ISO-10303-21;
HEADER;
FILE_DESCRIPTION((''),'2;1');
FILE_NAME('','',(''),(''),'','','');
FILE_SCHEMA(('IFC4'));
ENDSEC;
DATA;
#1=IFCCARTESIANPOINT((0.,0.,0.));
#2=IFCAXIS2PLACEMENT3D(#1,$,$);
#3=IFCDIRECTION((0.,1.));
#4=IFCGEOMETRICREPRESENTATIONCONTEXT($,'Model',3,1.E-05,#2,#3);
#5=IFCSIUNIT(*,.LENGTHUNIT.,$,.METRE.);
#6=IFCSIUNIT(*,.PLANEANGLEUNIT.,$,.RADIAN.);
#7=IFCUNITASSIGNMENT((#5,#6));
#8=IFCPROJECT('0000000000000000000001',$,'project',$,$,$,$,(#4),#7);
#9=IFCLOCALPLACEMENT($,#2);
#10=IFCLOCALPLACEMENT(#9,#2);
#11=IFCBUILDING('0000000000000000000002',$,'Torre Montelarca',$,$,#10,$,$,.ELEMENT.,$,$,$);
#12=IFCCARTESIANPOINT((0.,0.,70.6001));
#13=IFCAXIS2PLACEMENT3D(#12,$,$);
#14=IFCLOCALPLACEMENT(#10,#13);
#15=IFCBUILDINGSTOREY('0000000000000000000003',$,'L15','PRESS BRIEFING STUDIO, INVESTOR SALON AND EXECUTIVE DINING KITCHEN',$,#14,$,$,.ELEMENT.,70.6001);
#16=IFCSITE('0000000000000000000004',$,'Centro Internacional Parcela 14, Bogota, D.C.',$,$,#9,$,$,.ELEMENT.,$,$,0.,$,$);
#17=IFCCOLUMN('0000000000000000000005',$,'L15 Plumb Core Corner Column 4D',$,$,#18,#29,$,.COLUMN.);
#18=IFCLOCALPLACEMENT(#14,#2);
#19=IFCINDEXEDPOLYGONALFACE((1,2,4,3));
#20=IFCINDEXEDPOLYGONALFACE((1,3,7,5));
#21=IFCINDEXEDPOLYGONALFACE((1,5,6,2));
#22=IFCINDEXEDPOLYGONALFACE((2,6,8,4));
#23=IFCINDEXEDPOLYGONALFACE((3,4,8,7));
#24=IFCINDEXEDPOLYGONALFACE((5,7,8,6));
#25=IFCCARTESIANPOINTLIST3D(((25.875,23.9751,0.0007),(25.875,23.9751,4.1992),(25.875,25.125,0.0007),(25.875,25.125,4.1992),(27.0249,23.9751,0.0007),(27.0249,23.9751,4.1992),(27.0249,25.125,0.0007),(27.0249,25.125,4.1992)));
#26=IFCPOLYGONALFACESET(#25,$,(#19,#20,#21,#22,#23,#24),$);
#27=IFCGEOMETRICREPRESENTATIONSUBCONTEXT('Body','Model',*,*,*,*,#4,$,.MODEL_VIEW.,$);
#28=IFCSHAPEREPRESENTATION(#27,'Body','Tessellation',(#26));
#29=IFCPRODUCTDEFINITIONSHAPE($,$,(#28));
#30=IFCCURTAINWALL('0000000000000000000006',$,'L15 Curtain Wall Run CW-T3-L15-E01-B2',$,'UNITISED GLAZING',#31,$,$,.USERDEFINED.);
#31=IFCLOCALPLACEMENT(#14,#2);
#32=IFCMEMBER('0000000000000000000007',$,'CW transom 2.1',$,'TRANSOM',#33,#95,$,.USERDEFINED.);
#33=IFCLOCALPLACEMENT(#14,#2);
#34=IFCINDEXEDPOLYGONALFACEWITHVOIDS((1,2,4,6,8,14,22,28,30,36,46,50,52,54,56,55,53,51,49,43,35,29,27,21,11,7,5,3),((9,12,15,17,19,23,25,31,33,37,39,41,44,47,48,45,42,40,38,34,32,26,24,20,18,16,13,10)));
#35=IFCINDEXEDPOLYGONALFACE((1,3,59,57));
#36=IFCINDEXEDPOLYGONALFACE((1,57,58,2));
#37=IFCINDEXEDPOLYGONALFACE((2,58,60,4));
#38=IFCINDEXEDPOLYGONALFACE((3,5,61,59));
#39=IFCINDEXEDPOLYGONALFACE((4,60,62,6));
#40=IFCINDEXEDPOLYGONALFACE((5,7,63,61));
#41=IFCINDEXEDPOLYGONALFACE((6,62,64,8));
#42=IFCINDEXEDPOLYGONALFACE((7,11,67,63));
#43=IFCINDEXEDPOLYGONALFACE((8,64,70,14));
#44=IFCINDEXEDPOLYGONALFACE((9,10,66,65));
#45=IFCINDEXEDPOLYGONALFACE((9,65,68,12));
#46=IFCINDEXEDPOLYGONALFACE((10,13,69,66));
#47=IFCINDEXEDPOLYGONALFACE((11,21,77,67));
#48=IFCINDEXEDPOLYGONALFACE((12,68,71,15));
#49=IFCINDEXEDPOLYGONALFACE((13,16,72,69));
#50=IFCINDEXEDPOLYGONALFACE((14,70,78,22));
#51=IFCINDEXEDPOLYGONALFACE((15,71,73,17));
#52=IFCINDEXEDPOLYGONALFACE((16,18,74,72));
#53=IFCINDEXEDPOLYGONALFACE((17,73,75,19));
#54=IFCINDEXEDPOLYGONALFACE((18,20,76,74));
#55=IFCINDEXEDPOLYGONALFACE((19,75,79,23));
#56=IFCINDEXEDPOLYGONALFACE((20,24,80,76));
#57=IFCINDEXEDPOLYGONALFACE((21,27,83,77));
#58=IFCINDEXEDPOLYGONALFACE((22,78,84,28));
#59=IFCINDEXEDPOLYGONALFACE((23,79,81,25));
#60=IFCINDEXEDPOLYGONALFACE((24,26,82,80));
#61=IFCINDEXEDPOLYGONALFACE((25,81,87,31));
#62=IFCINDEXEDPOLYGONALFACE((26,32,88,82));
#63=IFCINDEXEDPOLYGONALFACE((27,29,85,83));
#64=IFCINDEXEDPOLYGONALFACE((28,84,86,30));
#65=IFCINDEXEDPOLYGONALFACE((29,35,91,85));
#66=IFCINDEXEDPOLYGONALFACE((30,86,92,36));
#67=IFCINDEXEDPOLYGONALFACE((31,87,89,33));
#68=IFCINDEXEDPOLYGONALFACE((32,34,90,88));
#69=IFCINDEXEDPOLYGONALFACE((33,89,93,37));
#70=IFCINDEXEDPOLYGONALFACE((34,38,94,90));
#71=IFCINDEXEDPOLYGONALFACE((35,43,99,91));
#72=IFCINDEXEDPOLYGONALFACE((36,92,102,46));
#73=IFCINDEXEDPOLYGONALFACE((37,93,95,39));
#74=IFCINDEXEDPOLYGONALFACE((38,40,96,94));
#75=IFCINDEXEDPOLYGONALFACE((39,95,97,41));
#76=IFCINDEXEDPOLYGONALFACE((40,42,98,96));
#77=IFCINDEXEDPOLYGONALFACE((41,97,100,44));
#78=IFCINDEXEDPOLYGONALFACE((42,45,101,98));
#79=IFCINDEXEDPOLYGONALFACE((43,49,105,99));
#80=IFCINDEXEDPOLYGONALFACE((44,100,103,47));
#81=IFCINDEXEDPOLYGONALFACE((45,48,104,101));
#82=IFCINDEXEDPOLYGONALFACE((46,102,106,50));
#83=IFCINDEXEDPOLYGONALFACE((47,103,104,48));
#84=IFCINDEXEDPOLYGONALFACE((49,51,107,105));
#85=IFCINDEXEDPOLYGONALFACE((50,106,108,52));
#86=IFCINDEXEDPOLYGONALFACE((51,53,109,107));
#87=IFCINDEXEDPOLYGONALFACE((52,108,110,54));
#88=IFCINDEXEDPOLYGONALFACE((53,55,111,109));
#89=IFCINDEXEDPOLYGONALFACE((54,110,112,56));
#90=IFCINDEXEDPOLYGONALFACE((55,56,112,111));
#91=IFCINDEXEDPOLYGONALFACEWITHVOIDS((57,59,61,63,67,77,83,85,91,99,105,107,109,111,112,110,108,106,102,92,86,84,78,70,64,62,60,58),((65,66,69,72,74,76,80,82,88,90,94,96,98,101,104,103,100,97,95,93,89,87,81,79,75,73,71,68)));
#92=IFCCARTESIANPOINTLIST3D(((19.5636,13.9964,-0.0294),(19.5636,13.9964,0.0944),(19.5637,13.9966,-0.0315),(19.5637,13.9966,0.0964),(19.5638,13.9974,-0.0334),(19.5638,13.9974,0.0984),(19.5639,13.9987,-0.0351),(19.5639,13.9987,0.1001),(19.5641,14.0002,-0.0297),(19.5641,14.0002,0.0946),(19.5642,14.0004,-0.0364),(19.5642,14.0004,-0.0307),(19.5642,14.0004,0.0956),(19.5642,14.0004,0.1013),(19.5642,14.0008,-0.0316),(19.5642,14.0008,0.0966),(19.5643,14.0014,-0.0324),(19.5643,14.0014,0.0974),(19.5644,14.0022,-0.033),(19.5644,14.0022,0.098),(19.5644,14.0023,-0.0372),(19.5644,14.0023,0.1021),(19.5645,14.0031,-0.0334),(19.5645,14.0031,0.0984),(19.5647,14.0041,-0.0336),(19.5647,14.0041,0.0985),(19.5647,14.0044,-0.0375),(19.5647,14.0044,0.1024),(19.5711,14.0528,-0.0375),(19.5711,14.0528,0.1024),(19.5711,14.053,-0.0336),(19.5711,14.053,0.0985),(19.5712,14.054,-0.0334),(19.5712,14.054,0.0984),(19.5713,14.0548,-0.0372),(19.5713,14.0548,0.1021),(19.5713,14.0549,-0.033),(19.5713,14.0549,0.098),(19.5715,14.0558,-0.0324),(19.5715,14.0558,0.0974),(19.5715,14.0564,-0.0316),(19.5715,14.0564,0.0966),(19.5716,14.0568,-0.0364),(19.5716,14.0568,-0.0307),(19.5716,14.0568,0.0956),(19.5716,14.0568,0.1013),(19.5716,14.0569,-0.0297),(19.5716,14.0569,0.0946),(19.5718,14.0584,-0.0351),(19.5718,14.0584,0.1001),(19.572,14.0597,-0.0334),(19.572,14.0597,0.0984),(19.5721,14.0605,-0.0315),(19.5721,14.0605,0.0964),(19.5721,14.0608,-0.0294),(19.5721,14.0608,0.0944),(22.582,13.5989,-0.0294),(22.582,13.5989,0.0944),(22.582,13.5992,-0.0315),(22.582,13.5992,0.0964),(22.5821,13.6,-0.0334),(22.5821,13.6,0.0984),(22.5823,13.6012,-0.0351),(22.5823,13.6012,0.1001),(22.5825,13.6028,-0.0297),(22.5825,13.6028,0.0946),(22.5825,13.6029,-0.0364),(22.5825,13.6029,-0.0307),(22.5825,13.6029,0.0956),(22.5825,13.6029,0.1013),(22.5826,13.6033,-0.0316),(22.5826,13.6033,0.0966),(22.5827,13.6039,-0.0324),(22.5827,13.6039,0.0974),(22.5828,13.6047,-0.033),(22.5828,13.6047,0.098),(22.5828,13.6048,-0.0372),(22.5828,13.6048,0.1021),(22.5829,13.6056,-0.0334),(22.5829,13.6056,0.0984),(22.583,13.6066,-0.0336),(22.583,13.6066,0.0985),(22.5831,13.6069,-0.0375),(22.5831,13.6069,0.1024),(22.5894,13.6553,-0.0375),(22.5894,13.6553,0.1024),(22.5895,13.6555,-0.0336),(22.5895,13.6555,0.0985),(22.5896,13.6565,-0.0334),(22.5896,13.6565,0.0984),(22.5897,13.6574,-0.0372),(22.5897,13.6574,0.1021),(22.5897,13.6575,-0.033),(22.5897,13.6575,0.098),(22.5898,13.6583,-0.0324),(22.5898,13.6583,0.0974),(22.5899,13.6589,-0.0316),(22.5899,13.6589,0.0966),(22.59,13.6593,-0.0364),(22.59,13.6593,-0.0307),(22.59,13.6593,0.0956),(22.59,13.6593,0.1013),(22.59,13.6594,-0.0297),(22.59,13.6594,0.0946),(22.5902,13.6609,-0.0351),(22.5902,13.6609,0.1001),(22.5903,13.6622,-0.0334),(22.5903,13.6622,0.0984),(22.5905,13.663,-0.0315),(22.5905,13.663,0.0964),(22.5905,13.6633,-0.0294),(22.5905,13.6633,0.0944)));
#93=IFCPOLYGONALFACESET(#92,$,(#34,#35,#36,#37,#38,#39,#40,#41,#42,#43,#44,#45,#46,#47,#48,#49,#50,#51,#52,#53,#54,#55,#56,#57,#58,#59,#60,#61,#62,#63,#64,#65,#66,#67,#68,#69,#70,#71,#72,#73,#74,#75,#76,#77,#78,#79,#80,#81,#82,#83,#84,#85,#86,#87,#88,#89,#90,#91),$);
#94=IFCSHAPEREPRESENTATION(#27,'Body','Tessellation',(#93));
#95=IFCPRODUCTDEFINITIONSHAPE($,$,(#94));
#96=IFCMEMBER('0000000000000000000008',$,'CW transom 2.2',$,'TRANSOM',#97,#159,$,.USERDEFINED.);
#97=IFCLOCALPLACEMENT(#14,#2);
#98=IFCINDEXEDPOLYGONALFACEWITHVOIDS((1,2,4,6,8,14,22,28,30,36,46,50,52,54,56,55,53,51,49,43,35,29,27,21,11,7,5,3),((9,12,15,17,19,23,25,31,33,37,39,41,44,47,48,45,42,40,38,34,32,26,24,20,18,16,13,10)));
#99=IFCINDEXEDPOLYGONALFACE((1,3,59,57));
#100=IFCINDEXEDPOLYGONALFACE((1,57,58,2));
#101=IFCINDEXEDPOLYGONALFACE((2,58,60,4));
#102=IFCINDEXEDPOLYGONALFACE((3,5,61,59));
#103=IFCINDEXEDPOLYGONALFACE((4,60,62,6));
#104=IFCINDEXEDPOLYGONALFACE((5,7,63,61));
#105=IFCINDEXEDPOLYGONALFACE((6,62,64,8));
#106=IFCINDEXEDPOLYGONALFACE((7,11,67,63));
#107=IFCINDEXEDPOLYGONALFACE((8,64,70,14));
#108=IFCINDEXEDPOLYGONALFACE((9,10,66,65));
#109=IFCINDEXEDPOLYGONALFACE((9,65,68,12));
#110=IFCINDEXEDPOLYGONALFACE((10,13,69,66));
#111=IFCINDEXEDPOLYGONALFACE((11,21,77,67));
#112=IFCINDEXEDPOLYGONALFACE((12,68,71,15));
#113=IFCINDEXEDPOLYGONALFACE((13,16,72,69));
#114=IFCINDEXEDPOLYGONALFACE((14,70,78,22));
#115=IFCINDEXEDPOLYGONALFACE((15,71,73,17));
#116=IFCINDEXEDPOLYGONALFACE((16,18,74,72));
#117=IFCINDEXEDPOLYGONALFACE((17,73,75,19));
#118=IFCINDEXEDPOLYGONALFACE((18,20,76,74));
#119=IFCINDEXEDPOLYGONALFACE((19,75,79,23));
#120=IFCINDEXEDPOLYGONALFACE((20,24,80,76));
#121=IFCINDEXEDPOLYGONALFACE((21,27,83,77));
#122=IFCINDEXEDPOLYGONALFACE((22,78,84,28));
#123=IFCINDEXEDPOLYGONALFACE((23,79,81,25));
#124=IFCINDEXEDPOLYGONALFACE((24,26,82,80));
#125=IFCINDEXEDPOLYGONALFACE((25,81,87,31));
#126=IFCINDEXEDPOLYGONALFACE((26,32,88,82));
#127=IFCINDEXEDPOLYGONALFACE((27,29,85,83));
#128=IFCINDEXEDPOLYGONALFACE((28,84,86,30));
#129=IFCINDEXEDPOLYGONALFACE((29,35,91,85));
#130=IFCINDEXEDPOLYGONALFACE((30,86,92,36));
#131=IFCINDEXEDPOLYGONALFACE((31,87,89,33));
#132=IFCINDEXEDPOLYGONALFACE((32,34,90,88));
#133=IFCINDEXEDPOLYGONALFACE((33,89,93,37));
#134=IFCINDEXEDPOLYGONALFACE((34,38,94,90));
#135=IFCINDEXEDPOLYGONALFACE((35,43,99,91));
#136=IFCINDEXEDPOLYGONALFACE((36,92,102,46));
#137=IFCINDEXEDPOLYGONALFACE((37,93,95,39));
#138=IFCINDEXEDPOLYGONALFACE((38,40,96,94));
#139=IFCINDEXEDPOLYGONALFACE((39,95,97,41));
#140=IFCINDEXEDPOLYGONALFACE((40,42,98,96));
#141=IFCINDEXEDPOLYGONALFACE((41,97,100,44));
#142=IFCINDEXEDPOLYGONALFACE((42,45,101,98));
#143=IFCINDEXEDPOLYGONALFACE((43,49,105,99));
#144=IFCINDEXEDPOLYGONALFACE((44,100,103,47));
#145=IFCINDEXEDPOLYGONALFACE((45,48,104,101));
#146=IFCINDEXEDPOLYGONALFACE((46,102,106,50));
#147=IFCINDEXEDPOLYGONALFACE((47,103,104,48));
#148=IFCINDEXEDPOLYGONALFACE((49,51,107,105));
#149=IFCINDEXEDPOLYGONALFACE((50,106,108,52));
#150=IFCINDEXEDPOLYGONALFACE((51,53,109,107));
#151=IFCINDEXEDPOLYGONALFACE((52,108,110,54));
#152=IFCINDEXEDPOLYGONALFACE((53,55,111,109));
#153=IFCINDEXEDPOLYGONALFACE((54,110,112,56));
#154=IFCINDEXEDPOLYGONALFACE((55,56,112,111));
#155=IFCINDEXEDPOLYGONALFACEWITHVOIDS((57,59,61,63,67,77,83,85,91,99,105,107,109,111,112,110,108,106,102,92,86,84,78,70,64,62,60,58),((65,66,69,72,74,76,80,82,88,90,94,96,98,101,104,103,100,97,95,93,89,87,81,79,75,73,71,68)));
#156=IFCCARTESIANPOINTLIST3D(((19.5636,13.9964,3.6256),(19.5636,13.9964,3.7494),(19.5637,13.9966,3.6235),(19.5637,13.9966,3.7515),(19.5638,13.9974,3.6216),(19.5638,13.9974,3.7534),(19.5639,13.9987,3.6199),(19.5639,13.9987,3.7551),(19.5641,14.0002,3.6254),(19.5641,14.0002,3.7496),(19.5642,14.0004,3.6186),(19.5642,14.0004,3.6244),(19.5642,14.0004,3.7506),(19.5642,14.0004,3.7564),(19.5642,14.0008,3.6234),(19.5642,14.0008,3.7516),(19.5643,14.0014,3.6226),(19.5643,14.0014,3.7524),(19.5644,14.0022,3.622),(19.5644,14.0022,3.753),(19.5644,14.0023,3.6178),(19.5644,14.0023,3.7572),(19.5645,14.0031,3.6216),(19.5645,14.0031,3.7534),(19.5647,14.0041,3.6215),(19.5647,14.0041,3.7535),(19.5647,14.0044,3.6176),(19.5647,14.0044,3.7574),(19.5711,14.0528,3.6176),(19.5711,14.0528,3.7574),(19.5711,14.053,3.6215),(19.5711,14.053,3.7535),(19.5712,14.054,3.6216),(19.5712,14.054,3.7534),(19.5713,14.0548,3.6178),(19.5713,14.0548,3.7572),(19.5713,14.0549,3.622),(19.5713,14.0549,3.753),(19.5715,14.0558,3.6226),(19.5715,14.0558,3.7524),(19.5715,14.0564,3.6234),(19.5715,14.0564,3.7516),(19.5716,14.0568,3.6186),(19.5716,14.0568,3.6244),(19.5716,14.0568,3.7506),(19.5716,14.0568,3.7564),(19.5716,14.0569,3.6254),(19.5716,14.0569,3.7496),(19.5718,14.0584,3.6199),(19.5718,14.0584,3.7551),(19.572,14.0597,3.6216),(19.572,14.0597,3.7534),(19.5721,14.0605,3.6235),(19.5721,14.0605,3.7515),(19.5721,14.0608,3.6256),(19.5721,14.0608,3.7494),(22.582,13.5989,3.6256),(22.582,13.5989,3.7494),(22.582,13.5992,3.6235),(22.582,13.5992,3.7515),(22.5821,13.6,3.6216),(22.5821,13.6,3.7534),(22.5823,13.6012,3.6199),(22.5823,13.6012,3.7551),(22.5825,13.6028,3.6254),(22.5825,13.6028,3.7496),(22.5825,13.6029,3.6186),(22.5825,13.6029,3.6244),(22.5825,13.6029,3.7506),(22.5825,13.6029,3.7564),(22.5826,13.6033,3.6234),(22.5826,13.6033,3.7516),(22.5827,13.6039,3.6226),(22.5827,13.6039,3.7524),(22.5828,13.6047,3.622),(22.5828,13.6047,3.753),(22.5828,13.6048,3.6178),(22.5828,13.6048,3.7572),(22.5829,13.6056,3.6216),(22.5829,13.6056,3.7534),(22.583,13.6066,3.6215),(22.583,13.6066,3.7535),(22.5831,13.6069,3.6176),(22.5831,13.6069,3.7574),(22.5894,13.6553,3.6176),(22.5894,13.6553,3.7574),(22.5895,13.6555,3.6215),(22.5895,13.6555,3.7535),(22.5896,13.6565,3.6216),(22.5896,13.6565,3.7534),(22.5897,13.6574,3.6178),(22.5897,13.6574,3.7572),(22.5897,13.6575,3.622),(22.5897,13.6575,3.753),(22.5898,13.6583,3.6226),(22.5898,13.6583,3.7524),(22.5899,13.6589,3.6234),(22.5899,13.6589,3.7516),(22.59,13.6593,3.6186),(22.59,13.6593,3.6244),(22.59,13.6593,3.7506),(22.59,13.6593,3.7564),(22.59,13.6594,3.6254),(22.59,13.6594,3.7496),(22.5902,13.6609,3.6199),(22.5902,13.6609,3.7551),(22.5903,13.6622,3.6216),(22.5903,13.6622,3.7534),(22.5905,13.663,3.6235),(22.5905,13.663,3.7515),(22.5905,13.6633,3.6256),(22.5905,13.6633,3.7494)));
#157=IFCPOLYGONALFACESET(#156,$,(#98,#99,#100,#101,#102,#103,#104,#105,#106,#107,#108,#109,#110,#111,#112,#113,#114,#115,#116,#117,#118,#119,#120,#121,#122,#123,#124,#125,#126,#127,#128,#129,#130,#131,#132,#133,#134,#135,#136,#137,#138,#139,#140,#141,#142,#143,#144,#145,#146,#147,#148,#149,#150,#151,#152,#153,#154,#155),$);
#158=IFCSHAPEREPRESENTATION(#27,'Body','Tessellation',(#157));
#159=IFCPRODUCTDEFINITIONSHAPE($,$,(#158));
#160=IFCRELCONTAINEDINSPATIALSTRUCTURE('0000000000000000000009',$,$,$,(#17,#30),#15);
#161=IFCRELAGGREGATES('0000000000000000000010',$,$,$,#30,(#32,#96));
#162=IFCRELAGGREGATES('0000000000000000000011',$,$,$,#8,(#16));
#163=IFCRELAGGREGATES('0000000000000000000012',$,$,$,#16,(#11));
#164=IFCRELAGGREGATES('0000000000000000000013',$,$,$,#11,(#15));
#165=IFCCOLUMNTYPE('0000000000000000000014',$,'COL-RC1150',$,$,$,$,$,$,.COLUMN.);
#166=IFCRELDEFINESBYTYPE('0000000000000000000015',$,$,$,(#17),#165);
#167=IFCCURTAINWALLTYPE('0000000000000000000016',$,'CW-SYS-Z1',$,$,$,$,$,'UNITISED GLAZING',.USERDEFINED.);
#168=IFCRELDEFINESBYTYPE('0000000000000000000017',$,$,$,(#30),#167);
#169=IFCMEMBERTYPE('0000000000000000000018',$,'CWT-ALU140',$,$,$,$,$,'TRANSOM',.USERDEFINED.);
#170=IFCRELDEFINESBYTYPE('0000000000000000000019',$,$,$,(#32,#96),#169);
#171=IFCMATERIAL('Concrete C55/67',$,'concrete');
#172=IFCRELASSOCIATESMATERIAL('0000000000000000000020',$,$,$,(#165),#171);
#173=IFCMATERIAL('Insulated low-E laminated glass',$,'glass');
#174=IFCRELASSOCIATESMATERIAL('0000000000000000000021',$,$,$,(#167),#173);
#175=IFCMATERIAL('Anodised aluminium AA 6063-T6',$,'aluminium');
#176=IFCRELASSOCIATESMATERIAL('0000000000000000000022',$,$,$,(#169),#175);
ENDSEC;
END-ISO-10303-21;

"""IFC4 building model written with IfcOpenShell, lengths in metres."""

from ifc_helpers import new_model, si_unit, direction, frame, origin, origin_2d, place, context, subcontext, project, spatial, rectangle, hollow_rectangle, extrude, source, transform, mapped, material, material_profile, profile_set, type_object, element, aggregate, save


model = new_model("IFC4")

# Units and contexts
model_context = context("Model", 3, precision=1e-05, world=origin(), true_north=direction((0.0, 1.0)))
body_context = subcontext(model_context, "Body", "Model", "MODEL_VIEW")
ifc_project = project(units=[si_unit("LENGTHUNIT", "METRE"), si_unit("PLANEANGLEUNIT", "RADIAN")], contexts=[model_context])

# Site, building, storey
site_placement = place(None, origin())
site = spatial("IfcSite", under=ifc_project, at=site_placement, Name="Centro Internacional Parcela 14, Bogota, D.C.", CompositionType="ELEMENT", RefElevation=0.0)
building_placement = place(site_placement, origin())
building = spatial("IfcBuilding", under=site, at=building_placement, Name="Torre Montelarca", CompositionType="ELEMENT")
storey_placement = place(building_placement, frame((0.0, 0.0, 70.6001)))
storey = spatial("IfcBuildingStorey", under=building, at=storey_placement, Name="L15", Description="PRESS BRIEFING STUDIO, INVESTOR SALON AND EXECUTIVE DINING KITCHEN", CompositionType="ELEMENT", Elevation=70.6001)

# Column
ifc_material_1 = material(Name="Concrete C55/67", Category="concrete")
ifc_material_profile_1 = material_profile(ifc_material_1, rectangle(XDim=1.1499, YDim=1.1499, at=origin_2d()), Name="RC1150X1150", Category="concrete")
ifc_profile_set_1 = profile_set([ifc_material_profile_1], Name="Concrete C55/67")
column_type_1 = type_object("IfcColumnType", Name="COL-RC1150", PredefinedType="COLUMN", material=ifc_profile_set_1)
shared_shape_1 = source(origin(), body_context, "Body", "SweptSolid", [
    extrude(rectangle(XDim=1.1499, YDim=1.1499, at=origin_2d()), origin(), (0.0, 0.0, 1.0), 4.1985),
])
column_1_placement = place(storey_placement, frame((26.45, 24.55, 0.0007), z_axis=(0.0, 0.0, 1.0), x_axis=(1.0, 0.0, 0.0)))
element("IfcColumn", 1, at=column_1_placement, inside=storey, type_object=column_type_1, Name="L15 Plumb Core Corner Column 4D", PredefinedType="COLUMN", context=body_context, shape_type="MappedRepresentation", body=[
    mapped(shared_shape_1, transform((0.0, 0.0, 0.0), scale=1.0)),
])

# Curtain wall, members
ifc_material_2 = material(Name="Insulated low-E laminated glass", Category="glass")
curtain_wall_type = type_object("IfcCurtainWallType", Name="CW-SYS-Z1", ElementType="UNITISED GLAZING", PredefinedType="USERDEFINED", material=ifc_material_2)
curtain_wall_1_placement = place(storey_placement, origin())
curtain_wall_1 = element("IfcCurtainWall", 2, at=curtain_wall_1_placement, inside=storey, type_object=curtain_wall_type, Name="L15 Curtain Wall Run CW-T3-L15-E01-B2", ObjectType="UNITISED GLAZING", PredefinedType="USERDEFINED")
ifc_material_3 = material(Name="Anodised aluminium AA 6063-T6", Category="aluminium")
ifc_material_profile_2 = material_profile(ifc_material_3, hollow_rectangle(XDim=0.0649, YDim=0.1399, WallThickness=0.0039, InnerFilletRadius=0.0039, OuterFilletRadius=0.0081, at=origin_2d()), Name="ALU65X140X4", Category="aluminium")
ifc_profile_set_2 = profile_set([ifc_material_profile_2], Name="Anodised aluminium AA 6063-T6")
member_type_1 = type_object("IfcMemberType", Name="CWT-ALU140", ElementType="TRANSOM", PredefinedType="USERDEFINED", material=ifc_profile_set_2)
shared_shape_2 = source(origin(), body_context, "Body", "SweptSolid", [
    extrude(hollow_rectangle(XDim=0.0649, YDim=0.1399, WallThickness=0.0039, InnerFilletRadius=0.0039, OuterFilletRadius=0.0081, at=origin_2d()), origin(), (0.0, 0.0, 1.0), 3.0444),
])
member_1_placement = place(storey_placement, frame((19.5679, 14.0286, 0.0325), z_axis=(0.991441, -0.130556, 0.0), x_axis=(0.130556, 0.991441, 0.0)))
member_1 = element("IfcMember", 3, at=member_1_placement, type_object=member_type_1, Name="CW transom 2.1", ObjectType="TRANSOM", PredefinedType="USERDEFINED", context=body_context, shape_type="MappedRepresentation", body=[
    mapped(shared_shape_2, transform((0.0, 0.0, 0.0), scale=1.0)),
])
member_2_placement = place(storey_placement, frame((19.5679, 14.0286, 3.6875), z_axis=(0.991441, -0.130556, 0.0), x_axis=(0.130556, 0.991441, 0.0)))
member_2 = element("IfcMember", 4, at=member_2_placement, type_object=member_type_1, Name="CW transom 2.2", ObjectType="TRANSOM", PredefinedType="USERDEFINED", context=body_context, shape_type="MappedRepresentation", body=[
    mapped(shared_shape_2, transform((0.0, 0.0, 0.0), scale=1.0)),
])

aggregate(curtain_wall_1, [member_1, member_2])

save(model, "model.ifc")
